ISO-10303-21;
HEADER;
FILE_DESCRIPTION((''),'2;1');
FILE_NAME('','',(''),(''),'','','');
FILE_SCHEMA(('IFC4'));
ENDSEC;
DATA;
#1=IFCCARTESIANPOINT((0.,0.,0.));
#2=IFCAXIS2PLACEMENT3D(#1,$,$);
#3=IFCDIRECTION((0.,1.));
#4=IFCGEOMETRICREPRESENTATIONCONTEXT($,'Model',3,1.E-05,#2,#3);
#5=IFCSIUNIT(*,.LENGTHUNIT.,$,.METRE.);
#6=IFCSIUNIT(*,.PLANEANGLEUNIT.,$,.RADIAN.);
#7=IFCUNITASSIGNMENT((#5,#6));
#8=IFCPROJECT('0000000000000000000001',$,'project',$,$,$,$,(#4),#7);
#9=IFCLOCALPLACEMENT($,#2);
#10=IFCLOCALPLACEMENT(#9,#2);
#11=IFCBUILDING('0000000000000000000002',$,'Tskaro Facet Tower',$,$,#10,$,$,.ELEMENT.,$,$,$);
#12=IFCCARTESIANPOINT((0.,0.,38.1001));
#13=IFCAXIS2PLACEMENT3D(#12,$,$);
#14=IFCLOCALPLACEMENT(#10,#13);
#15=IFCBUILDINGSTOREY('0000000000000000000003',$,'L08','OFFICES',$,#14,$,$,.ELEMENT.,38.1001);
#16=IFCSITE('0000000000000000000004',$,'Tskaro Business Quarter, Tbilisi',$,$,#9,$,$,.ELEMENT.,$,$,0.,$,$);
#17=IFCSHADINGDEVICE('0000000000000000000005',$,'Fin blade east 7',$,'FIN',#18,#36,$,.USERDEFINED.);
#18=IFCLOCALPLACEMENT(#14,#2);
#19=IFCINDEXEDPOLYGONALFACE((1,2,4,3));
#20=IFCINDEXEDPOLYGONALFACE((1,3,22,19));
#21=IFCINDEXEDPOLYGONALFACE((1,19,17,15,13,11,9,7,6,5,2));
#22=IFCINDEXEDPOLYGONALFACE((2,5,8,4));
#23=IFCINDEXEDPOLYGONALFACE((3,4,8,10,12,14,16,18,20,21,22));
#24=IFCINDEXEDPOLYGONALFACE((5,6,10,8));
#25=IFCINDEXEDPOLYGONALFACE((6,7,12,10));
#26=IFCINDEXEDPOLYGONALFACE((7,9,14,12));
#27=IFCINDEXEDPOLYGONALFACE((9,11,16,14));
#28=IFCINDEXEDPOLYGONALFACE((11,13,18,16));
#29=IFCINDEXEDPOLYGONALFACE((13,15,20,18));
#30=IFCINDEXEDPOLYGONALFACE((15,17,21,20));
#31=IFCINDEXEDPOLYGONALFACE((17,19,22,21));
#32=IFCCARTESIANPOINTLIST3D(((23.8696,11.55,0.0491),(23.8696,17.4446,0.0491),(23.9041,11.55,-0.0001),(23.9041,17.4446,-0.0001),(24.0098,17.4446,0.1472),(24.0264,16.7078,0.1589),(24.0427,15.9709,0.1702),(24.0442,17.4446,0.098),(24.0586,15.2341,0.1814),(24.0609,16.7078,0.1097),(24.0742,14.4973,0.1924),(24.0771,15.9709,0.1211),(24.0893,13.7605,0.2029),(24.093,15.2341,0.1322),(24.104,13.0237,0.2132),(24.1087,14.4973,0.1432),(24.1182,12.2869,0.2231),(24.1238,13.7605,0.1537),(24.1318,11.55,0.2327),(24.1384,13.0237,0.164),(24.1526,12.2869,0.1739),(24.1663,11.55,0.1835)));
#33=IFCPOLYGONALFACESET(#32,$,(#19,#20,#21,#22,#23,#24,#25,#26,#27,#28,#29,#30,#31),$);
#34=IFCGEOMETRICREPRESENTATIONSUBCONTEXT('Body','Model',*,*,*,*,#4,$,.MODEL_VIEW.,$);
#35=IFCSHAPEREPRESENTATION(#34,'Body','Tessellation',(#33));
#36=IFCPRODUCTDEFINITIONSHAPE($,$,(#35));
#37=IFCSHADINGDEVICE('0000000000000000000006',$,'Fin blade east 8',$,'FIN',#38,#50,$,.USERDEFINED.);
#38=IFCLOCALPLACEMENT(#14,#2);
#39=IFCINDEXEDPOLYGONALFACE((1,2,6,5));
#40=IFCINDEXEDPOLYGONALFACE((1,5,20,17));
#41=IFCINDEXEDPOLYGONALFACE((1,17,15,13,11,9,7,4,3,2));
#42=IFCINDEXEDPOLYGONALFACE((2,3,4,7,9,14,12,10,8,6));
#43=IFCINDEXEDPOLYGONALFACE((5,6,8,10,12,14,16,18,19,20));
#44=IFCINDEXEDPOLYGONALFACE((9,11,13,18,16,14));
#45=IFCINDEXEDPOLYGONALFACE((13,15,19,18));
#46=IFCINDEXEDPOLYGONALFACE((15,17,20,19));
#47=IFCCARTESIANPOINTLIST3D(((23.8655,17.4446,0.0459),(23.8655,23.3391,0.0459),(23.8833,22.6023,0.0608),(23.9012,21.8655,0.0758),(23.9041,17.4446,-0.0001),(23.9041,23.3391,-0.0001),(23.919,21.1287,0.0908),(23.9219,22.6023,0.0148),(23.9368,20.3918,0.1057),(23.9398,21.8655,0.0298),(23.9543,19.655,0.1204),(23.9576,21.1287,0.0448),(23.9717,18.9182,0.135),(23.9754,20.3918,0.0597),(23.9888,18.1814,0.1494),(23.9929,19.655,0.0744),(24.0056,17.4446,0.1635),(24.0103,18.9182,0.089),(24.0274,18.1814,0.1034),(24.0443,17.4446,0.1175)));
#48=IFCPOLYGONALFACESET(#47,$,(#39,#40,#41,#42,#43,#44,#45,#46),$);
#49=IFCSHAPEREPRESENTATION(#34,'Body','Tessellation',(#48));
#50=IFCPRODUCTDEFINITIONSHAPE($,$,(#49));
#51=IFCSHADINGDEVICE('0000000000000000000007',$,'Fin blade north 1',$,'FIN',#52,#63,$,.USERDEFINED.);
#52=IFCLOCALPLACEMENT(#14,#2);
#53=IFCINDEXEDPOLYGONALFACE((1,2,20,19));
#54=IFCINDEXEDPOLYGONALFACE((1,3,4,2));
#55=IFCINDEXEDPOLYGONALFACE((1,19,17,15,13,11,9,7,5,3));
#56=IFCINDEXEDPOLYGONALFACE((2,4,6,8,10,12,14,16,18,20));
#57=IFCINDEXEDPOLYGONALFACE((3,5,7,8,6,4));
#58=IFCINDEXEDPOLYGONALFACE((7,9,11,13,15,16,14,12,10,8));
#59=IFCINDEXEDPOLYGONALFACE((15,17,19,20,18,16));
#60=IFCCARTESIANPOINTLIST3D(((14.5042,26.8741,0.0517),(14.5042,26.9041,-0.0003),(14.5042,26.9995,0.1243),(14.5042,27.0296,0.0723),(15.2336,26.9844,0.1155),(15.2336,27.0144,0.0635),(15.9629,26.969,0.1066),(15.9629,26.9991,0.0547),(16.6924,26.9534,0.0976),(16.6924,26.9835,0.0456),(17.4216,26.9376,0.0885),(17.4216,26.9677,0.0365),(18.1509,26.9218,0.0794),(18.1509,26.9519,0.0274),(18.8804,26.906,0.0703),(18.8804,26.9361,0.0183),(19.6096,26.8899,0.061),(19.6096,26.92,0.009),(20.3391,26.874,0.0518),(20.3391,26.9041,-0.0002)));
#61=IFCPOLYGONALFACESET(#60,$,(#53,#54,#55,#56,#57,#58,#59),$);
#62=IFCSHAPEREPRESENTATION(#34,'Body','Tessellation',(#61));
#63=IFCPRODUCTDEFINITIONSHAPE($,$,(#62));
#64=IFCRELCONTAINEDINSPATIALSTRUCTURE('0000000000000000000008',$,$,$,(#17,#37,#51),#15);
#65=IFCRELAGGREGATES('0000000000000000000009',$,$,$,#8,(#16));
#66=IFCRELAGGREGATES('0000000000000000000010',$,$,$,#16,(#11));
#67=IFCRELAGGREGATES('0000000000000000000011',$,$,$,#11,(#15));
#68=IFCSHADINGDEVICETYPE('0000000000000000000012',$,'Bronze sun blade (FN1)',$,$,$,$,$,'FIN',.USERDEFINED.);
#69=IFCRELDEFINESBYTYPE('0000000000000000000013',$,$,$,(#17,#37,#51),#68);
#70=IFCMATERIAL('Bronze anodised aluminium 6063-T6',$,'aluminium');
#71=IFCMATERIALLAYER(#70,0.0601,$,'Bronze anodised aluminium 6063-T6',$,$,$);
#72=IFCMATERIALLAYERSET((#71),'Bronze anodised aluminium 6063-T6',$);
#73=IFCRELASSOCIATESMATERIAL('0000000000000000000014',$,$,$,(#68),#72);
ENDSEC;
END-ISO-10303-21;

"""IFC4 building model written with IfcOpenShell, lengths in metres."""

from ifc_helpers import new_model, si_unit, direction, frame, origin, place, context, subcontext, project, spatial, polyline, outline, extrude, material, layer, layer_set, type_object, element, save


model = new_model("IFC4")

# Units and contexts
model_context = context("Model", 3, precision=1e-05, world=origin(), true_north=direction((0.0, 1.0)))
body_context = subcontext(model_context, "Body", "Model", "MODEL_VIEW")
ifc_project = project(units=[si_unit("LENGTHUNIT", "METRE"), si_unit("PLANEANGLEUNIT", "RADIAN")], contexts=[model_context])

# Site, building, storey
site_placement = place(None, origin())
site = spatial("IfcSite", under=ifc_project, at=site_placement, Name="Tskaro Business Quarter, Tbilisi", CompositionType="ELEMENT", RefElevation=0.0)
building_placement = place(site_placement, origin())
building = spatial("IfcBuilding", under=site, at=building_placement, Name="Tskaro Facet Tower", CompositionType="ELEMENT")
storey_placement = place(building_placement, frame((0.0, 0.0, 38.1001)))
storey = spatial("IfcBuildingStorey", under=building, at=storey_placement, Name="L08", Description="OFFICES", CompositionType="ELEMENT", Elevation=38.1001)

# Shared definitions
ifc_material_1 = material(Name="Bronze anodised aluminium 6063-T6", Category="aluminium")

# Shading devices
ifc_layer_1 = layer(ifc_material_1, 0.0601, Name="Bronze anodised aluminium 6063-T6")
ifc_layer_set_1 = layer_set([ifc_layer_1], Name="Bronze anodised aluminium 6063-T6")
shading_device_type = type_object("IfcShadingDeviceType", Name="Bronze sun blade (FN1)", ElementType="FIN", PredefinedType="USERDEFINED", material=ifc_layer_set_1)
shading_device_1_placement = place(storey_placement, frame((23.8696, 11.55, 0.0491), z_axis=(-0.573586, -0.000002, 0.819145), x_axis=(-0.000001, 1.0, 0.000001)))
element("IfcShadingDevice", 1, at=shading_device_1_placement, inside=storey, type_object=shading_device_type, Name="Fin blade east 7", ObjectType="FIN", PredefinedType="USERDEFINED", context=body_context, shape_type="SweptSolid", body=[
    extrude(outline(polyline([(0.0, 0.0), (5.8945, 0.0), (5.8945, -0.1711), (5.1577, -0.1914), (4.4209, -0.2112), (3.6841, -0.2307), (2.9473, -0.2498), (2.2104, -0.2682), (1.4736, -0.2861), (0.7368, -0.3034), (0.0, -0.3201), (0.0, 0.0)])), origin(), (0.0, 0.0, -1.0), 0.0601),
])
shading_device_2_placement = place(storey_placement, frame((23.8655, 17.4446, 0.0459), z_axis=(-0.642875, 0.000008, 0.765971), x_axis=(0.000005, 1.0, -0.000006)))
element("IfcShadingDevice", 2, at=shading_device_2_placement, inside=storey, type_object=shading_device_type, Name="Fin blade east 8", ObjectType="FIN", PredefinedType="USERDEFINED", context=body_context, shape_type="SweptSolid", body=[
    extrude(outline(polyline([(0.0, 0.0), (5.8945, 0.0), (5.1577, -0.0232), (4.4209, -0.0466), (3.6841, -0.0698), (2.9473, -0.0931), (2.2104, -0.1159), (1.4736, -0.1386), (0.7368, -0.161), (0.0, -0.183), (0.0, 0.0)])), origin(), (0.0, 0.0, -1.0), 0.0601),
])
shading_device_3_placement = place(storey_placement, frame((20.3391, 26.874, 0.0518), z_axis=(-0.000014, -0.500781, 0.865574), x_axis=(-1.0, 0.000007, -0.000012)))
element("IfcShadingDevice", 3, at=shading_device_3_placement, inside=storey, type_object=shading_device_type, Name="Fin blade north 1", ObjectType="FIN", PredefinedType="USERDEFINED", context=body_context, shape_type="SweptSolid", body=[
    extrude(outline(polyline([(0.0, 0.0), (5.835, 0.0), (5.835, -0.1449), (5.1055, -0.1274), (4.3762, -0.1097), (3.6467, -0.0917), (2.9175, -0.0734), (2.1882, -0.0552), (1.4587, -0.037), (0.7295, -0.0184), (0.0, 0.0)])), origin(), (0.0, 0.0, -1.0), 0.0601),
])

save(model, "model.ifc")
